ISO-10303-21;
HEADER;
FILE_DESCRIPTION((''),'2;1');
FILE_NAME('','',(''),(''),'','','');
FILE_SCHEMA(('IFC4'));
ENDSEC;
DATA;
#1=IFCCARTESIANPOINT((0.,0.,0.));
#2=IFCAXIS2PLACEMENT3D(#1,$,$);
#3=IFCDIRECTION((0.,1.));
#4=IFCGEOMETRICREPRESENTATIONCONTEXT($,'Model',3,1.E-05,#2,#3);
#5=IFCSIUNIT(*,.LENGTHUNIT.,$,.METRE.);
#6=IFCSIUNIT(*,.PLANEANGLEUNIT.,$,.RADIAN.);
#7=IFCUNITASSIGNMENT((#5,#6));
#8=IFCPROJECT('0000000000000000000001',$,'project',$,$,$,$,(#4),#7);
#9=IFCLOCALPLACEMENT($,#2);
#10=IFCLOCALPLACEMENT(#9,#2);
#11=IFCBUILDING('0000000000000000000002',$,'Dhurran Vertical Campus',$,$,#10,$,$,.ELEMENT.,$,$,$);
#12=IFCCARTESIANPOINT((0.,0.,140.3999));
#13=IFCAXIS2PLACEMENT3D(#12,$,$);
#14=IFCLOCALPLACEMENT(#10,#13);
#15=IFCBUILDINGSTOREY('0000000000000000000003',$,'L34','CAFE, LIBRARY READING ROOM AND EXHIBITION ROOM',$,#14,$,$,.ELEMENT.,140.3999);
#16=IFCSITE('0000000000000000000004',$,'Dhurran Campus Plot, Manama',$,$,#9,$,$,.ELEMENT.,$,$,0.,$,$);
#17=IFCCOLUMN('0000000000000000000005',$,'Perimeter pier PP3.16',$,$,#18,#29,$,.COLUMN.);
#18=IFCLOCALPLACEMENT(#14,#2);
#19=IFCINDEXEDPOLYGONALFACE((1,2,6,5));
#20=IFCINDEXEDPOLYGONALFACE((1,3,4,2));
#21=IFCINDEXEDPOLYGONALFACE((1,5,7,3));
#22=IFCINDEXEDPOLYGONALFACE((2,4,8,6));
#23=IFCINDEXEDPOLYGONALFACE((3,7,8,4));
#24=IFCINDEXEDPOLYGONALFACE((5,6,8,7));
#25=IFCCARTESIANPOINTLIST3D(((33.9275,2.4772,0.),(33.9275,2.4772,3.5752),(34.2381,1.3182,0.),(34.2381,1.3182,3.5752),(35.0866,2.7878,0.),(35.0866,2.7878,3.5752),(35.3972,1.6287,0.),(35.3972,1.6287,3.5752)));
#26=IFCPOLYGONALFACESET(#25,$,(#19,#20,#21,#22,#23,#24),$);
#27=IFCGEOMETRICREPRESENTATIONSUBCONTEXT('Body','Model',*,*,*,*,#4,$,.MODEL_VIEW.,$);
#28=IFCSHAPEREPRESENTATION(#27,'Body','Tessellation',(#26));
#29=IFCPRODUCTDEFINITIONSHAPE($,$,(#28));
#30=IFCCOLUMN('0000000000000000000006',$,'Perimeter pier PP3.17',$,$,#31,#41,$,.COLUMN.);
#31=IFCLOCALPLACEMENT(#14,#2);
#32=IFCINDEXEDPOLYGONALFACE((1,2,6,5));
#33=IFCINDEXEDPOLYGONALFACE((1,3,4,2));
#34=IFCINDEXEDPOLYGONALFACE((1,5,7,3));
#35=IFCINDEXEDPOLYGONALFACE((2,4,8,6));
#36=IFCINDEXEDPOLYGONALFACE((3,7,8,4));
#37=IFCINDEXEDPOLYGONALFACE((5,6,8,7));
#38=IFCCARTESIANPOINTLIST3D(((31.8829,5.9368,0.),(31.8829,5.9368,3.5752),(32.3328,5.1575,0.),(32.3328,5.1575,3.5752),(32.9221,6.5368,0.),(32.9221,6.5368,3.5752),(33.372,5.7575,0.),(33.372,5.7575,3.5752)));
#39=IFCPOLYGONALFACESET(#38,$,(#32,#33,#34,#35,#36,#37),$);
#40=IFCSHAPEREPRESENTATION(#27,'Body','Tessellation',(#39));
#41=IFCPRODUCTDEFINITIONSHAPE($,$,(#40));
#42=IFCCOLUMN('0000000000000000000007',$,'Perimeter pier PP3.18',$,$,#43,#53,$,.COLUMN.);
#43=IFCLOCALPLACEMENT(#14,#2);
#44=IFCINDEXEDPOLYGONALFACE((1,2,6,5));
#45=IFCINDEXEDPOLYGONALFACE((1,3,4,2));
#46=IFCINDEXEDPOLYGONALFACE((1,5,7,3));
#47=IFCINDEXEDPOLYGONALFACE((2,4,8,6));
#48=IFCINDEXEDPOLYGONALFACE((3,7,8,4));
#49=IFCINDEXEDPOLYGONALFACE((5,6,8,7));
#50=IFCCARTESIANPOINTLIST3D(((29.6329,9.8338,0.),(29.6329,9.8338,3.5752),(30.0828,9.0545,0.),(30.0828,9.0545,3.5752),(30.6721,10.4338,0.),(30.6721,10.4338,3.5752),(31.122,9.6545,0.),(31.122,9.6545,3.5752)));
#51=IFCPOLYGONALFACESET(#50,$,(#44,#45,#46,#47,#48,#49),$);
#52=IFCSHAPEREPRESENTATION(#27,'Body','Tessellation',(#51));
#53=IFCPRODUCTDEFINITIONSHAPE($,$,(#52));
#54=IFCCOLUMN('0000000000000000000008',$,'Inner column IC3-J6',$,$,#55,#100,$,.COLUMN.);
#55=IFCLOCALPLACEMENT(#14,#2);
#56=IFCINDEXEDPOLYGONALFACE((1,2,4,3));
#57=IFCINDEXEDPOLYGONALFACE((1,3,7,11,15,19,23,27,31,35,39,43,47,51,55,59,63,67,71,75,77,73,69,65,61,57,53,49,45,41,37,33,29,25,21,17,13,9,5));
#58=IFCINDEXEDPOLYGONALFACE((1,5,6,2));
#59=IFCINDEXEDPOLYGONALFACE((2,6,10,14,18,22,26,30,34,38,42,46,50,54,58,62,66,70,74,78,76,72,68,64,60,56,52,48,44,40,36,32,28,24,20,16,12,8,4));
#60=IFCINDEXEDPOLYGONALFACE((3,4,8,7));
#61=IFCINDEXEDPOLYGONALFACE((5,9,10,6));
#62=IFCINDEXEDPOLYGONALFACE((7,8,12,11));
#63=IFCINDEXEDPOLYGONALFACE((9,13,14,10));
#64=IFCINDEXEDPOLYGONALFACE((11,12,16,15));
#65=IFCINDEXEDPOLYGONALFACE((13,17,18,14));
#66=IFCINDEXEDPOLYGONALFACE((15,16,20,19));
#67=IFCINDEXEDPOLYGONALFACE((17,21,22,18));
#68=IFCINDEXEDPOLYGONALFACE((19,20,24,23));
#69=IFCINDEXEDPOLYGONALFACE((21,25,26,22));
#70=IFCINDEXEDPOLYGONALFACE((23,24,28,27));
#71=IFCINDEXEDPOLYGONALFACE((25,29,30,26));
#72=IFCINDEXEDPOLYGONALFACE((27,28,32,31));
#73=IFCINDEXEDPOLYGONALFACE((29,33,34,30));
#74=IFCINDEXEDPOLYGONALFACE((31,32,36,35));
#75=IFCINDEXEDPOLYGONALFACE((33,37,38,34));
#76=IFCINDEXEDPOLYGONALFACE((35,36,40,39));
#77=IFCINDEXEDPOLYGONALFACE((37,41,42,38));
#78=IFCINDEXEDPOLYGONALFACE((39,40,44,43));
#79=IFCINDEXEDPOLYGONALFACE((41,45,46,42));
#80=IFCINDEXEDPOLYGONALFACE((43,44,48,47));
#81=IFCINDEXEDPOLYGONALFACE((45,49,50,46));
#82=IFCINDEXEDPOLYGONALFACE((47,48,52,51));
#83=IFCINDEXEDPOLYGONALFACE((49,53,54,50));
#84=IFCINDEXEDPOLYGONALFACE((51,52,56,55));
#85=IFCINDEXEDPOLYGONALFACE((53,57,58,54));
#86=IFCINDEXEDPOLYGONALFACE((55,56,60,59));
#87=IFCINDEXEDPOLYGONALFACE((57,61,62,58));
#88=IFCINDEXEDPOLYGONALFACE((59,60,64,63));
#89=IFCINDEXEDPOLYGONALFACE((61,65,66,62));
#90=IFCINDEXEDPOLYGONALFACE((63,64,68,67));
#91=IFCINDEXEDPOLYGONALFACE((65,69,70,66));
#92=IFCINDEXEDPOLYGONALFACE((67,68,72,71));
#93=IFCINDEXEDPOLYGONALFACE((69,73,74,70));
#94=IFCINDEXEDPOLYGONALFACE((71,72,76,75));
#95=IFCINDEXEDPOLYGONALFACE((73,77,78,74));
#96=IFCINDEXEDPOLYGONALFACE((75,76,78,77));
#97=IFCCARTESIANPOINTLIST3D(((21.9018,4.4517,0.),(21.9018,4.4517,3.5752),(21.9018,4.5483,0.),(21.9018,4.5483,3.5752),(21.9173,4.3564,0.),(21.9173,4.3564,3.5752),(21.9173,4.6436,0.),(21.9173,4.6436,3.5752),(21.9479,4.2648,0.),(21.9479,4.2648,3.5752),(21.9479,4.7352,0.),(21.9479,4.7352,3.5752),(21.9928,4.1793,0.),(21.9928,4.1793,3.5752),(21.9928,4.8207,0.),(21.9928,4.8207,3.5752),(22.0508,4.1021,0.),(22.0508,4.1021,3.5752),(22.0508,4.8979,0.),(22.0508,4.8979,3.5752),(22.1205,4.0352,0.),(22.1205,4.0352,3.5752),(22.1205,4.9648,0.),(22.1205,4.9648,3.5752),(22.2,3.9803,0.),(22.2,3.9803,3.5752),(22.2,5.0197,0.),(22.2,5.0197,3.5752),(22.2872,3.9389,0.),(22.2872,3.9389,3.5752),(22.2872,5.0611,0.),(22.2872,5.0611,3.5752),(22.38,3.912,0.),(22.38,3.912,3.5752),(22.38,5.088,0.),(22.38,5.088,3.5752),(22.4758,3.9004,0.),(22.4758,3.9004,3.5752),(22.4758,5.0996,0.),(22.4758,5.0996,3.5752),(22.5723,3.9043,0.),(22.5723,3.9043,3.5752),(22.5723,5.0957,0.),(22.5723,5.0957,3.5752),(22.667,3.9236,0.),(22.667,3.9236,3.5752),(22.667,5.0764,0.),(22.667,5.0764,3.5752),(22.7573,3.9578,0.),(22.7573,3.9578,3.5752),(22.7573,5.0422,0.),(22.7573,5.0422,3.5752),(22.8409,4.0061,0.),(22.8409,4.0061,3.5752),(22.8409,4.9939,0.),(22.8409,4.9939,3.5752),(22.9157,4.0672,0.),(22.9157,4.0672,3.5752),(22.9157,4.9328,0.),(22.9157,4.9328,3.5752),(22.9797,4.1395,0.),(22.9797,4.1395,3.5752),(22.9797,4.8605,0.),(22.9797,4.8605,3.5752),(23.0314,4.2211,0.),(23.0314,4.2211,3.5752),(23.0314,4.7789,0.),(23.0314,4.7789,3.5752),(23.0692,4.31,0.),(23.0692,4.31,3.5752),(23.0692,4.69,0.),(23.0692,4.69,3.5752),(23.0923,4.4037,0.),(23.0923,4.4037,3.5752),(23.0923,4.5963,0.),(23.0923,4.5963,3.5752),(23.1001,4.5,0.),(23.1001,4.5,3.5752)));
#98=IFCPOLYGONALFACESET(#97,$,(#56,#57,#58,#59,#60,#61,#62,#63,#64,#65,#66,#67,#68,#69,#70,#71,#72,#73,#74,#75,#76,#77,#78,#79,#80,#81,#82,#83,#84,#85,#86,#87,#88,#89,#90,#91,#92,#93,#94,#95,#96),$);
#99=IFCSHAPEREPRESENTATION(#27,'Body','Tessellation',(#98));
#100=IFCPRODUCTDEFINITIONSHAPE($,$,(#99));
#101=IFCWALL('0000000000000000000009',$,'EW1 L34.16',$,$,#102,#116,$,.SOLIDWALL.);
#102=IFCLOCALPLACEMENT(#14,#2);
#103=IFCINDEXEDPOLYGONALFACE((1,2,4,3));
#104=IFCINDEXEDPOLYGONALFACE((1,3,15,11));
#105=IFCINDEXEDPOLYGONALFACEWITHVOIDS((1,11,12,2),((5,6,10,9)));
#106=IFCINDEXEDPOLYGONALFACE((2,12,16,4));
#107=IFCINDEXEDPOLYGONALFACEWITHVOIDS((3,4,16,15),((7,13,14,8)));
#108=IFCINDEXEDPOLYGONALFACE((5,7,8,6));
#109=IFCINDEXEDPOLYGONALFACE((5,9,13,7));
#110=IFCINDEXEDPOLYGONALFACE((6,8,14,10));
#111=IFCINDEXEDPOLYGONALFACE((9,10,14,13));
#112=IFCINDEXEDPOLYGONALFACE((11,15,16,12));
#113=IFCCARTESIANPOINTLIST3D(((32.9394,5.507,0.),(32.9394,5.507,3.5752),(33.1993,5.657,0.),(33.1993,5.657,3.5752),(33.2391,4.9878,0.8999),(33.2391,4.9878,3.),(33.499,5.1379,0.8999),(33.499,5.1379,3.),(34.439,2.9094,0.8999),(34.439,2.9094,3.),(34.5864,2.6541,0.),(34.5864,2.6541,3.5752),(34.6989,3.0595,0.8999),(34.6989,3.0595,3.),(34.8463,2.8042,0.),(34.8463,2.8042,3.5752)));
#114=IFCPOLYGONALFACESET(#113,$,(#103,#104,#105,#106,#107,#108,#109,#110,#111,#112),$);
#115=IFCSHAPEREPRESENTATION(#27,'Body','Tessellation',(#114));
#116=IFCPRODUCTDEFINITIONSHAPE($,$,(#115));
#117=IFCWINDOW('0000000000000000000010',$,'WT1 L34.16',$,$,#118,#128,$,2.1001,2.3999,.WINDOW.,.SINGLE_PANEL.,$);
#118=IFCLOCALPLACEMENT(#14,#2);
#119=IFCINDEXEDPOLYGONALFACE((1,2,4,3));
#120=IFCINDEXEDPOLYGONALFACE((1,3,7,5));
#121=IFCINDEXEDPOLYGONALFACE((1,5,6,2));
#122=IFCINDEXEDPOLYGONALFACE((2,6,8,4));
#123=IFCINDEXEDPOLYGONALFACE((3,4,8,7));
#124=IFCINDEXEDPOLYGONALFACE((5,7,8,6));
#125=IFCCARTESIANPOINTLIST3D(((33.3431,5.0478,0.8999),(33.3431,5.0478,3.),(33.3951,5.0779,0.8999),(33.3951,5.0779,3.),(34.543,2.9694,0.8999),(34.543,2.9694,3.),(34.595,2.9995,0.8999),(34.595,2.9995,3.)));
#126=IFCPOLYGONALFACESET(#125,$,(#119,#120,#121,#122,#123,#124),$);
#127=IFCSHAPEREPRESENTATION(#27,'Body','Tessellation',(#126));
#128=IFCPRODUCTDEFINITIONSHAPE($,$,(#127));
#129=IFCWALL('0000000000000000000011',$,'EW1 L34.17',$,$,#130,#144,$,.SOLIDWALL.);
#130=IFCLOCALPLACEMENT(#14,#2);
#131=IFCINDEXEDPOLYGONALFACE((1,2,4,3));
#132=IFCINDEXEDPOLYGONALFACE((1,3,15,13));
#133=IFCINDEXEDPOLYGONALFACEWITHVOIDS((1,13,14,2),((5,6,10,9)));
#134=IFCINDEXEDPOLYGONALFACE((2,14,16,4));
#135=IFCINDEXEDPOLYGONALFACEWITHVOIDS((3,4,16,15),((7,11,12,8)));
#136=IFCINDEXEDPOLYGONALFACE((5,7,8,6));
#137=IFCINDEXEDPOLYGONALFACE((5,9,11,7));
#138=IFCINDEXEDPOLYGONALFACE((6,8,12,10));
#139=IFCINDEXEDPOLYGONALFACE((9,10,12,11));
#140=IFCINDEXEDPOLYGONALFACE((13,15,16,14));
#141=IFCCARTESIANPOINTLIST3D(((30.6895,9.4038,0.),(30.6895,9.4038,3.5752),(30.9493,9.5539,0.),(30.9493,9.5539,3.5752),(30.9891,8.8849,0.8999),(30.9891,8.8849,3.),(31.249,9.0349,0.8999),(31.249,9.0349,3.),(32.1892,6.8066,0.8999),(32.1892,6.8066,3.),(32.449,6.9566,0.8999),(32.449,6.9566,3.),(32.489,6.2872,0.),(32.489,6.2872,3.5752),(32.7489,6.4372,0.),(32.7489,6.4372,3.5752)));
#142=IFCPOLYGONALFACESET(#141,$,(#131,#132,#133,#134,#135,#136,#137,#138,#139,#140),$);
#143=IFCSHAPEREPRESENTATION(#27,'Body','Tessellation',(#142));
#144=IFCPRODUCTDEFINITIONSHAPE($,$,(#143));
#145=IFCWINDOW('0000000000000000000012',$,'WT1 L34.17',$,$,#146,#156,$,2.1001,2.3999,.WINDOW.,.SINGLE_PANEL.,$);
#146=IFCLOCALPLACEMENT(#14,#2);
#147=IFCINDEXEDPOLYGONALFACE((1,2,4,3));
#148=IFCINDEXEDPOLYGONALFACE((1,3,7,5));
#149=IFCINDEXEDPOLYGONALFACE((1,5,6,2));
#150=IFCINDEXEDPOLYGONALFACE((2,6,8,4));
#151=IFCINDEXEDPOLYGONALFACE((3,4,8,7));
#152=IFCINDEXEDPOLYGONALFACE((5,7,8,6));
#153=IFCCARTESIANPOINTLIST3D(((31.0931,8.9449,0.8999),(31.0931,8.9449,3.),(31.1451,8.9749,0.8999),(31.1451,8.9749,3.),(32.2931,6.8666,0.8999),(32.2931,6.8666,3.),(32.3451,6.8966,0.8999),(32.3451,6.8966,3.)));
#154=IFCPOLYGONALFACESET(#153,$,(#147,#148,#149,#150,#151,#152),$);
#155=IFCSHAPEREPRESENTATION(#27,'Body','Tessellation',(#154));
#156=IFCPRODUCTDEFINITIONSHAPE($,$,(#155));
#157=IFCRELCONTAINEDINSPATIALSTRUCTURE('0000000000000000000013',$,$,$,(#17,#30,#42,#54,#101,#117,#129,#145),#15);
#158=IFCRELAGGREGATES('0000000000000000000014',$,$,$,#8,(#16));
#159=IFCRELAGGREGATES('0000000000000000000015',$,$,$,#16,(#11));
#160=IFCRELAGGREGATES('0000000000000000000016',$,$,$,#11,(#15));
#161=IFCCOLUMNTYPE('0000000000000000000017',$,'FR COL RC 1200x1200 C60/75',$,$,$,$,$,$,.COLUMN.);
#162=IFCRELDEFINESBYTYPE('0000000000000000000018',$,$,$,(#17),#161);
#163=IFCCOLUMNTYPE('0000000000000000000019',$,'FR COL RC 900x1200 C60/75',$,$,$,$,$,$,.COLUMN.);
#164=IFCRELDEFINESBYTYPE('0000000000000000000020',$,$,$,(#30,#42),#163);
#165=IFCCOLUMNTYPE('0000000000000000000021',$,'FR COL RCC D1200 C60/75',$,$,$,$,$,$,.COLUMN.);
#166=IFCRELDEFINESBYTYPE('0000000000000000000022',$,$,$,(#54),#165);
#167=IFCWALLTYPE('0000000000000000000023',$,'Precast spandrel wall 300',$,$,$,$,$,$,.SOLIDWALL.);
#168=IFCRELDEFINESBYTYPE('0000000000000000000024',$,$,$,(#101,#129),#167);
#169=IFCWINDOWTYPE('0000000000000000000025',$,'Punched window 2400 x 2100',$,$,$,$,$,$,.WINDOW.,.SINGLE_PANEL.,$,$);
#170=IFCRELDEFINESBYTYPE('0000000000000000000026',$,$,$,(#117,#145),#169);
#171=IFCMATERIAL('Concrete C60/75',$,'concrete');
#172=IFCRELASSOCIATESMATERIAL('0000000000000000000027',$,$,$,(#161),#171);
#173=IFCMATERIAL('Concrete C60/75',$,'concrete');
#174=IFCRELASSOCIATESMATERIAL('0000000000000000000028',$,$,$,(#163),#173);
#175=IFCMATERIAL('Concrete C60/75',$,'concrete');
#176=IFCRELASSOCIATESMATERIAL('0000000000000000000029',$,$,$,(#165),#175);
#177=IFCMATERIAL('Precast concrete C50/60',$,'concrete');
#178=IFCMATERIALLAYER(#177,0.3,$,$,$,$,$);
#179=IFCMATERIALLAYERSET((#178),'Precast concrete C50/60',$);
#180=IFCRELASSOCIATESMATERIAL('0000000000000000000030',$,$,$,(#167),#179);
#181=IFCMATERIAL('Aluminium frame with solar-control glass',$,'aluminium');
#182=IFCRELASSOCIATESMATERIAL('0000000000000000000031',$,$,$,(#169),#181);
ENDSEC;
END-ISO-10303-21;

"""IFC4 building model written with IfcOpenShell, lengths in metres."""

from ifc_helpers import new_model, si_unit, direction, frame, frame_2d, origin, origin_2d, place, context, subcontext, project, spatial, rectangle, circle, extrude, material, layer, layer_set, material_profile, profile_set, type_object, element, fill, save


model = new_model("IFC4")

# Units and contexts
model_context = context("Model", 3, precision=1e-05, world=origin(), true_north=direction((0.0, 1.0)))
body_context = subcontext(model_context, "Body", "Model", "MODEL_VIEW")
ifc_project = project(units=[si_unit("LENGTHUNIT", "METRE"), si_unit("PLANEANGLEUNIT", "RADIAN")], contexts=[model_context])

# Site, building, storey
site_placement = place(None, origin())
site = spatial("IfcSite", under=ifc_project, at=site_placement, Name="Dhurran Campus Plot, Manama", CompositionType="ELEMENT", RefElevation=0.0)
building_placement = place(site_placement, origin())
building = spatial("IfcBuilding", under=site, at=building_placement, Name="Dhurran Vertical Campus", CompositionType="ELEMENT")
storey_placement = place(building_placement, frame((0.0, 0.0, 140.3999)))
storey = spatial("IfcBuildingStorey", under=building, at=storey_placement, Name="L34", Description="CAFE, LIBRARY READING ROOM AND EXHIBITION ROOM", CompositionType="ELEMENT", Elevation=140.3999)

# Columns
ifc_material_1 = material(Name="Concrete C60/75", Category="concrete")
ifc_material_profile_1 = material_profile(ifc_material_1, rectangle(XDim=1.2, YDim=1.2, at=origin_2d()), Name="RC 1200x1200")
ifc_profile_set_1 = profile_set([ifc_material_profile_1], Name="Concrete C60/75")
column_type_1 = type_object("IfcColumnType", Name="FR COL RC 1200x1200 C60/75", PredefinedType="COLUMN", material=ifc_profile_set_1)
column_1_placement = place(storey_placement, frame((34.6624, 2.053, 0.0), z_axis=(0.0, 0.0, 1.0), x_axis=(-0.258819, 0.965926, 0.0)))
element("IfcColumn", 1, at=column_1_placement, inside=storey, type_object=column_type_1, Name="Perimeter pier PP3.16", PredefinedType="COLUMN", context=body_context, shape_type="SweptSolid", body=[
    extrude(rectangle(XDim=1.2, YDim=1.2, at=origin_2d()), origin(), (0.0, 0.0, 1.0), 3.5752),
])
ifc_material_2 = material(Name="Concrete C60/75", Category="concrete")
ifc_material_profile_2 = material_profile(ifc_material_2, rectangle(XDim=0.8999, YDim=1.2, at=origin_2d()), Name="RC 900x1200")
ifc_profile_set_2 = profile_set([ifc_material_profile_2], Name="Concrete C60/75")
column_type_2 = type_object("IfcColumnType", Name="FR COL RC 900x1200 C60/75", PredefinedType="COLUMN", material=ifc_profile_set_2)
for number, where, z_axis, x_axis, name in (
    (2, (32.6274, 5.8472, 0.0), (0.0, 0.0, 1.0), (-0.5, 0.866025, 0.0), "Perimeter pier PP3.17"),
    (3, (30.3774, 9.7441, 0.0), (0.0, 0.0, 1.0), (-0.5, 0.866025, 0.0), "Perimeter pier PP3.18"),
):
    element("IfcColumn", number, at=place(storey_placement, frame(where, z_axis=z_axis, x_axis=x_axis)), inside=storey, type_object=column_type_2, Name=name, PredefinedType="COLUMN", context=body_context, shape_type="SweptSolid", body=[
        extrude(rectangle(XDim=0.8999, YDim=1.2, at=origin_2d()), origin(), (0.0, 0.0, 1.0), 3.5752),
    ])
ifc_material_3 = material(Name="Concrete C60/75", Category="concrete")
ifc_material_profile_3 = material_profile(ifc_material_3, circle(Radius=0.6001, at=origin_2d()), Name="RCC D1200")
ifc_profile_set_3 = profile_set([ifc_material_profile_3], Name="Concrete C60/75")
column_type_3 = type_object("IfcColumnType", Name="FR COL RCC D1200 C60/75", PredefinedType="COLUMN", material=ifc_profile_set_3)
column_2_placement = place(storey_placement, frame((22.5, 4.5, 0.0), z_axis=(0.0, 0.0, 1.0), x_axis=(1.0, 0.0, 0.0)))
element("IfcColumn", 4, at=column_2_placement, inside=storey, type_object=column_type_3, Name="Inner column IC3-J6", PredefinedType="COLUMN", context=body_context, shape_type="SweptSolid", body=[
    extrude(circle(Radius=0.6001, at=origin_2d()), origin(), (0.0, 0.0, 1.0), 3.5752),
])

# Walls, openings, windows
ifc_material_4 = material(Name="Precast concrete C50/60", Category="concrete")
ifc_layer_1 = layer(ifc_material_4, 0.3)
ifc_layer_set_1 = layer_set([ifc_layer_1], Name="Precast concrete C50/60")
wall_type_1 = type_object("IfcWallType", Name="Precast spandrel wall 300", PredefinedType="SOLIDWALL", material=ifc_layer_set_1)
wall_1_placement = place(storey_placement, frame((34.7163, 2.7292, 0.0), z_axis=(0.0, 0.0, 1.0), x_axis=(-0.499981, 0.866036, 0.0)))
wall_1 = element("IfcWall", 5, at=wall_1_placement, inside=storey, type_object=wall_type_1, Name="EW1 L34.16", PredefinedType="SOLIDWALL", context=body_context, shape_type="SweptSolid", body=[
    extrude(rectangle(XDim=3.2942, YDim=0.3, at=frame_2d((1.647, 0.0))), origin(), (0.0, 0.0, 1.0), 3.5752),
])
opening_1_placement = place(wall_1_placement, frame((0.2947, 0.0, 0.8999)))
opening_1 = element("IfcOpeningElement", 6, at=opening_1_placement, cuts=wall_1, PredefinedType="OPENING", context=body_context, shape_type="SweptSolid", body=[
    extrude(rectangle(XDim=2.3999, YDim=2.1001, at=frame_2d((1.2, 1.05))), frame((0.0, 0.1599, 0.0), z_axis=(0.0, -1.0, 0.0), x_axis=(1.0, 0.0, 0.0)), (0.0, 0.0, 1.0), 0.3201),
])
ifc_material_5 = material(Name="Aluminium frame with solar-control glass", Category="aluminium")
window_type = type_object("IfcWindowType", Name="Punched window 2400 x 2100", PartitioningType="SINGLE_PANEL", PredefinedType="WINDOW", material=ifc_material_5)
window_1_placement = place(opening_1_placement, origin())
window_1 = element("IfcWindow", 7, at=window_1_placement, inside=storey, type_object=window_type, Name="WT1 L34.16", OverallHeight=2.1001, OverallWidth=2.3999, PartitioningType="SINGLE_PANEL", PredefinedType="WINDOW", context=body_context, shape_type="SweptSolid", body=[
    extrude(rectangle(XDim=2.3999, YDim=2.1001, at=frame_2d((1.2, 1.05))), frame((0.0, 0.03, 0.0), z_axis=(0.0, -1.0, 0.0), x_axis=(1.0, 0.0, 0.0)), (0.0, 0.0, 1.0), 0.0601),
])
fill(opening_1, window_1)
wall_2_placement = place(storey_placement, frame((32.6189, 6.3623, 0.0), z_axis=(0.0, 0.0, 1.0), x_axis=(-0.500028, 0.866009, 0.0)))
wall_2 = element("IfcWall", 8, at=wall_2_placement, inside=storey, type_object=wall_type_1, Name="EW1 L34.17", PredefinedType="SOLIDWALL", context=body_context, shape_type="SweptSolid", body=[
    extrude(rectangle(XDim=3.5989, YDim=0.3, at=frame_2d((1.7993, 0.0))), origin(), (0.0, 0.0, 1.0), 3.5752),
])
opening_2_placement = place(wall_2_placement, frame((0.5996, 0.0, 0.8999)))
opening_2 = element("IfcOpeningElement", 9, at=opening_2_placement, cuts=wall_2, PredefinedType="OPENING", context=body_context, shape_type="SweptSolid", body=[
    extrude(rectangle(XDim=2.3999, YDim=2.1001, at=frame_2d((1.2, 1.05))), frame((0.0, 0.1599, 0.0), z_axis=(0.0, -1.0, 0.0), x_axis=(1.0, 0.0, 0.0)), (0.0, 0.0, 1.0), 0.3201),
])
window_2_placement = place(opening_2_placement, origin())
window_2 = element("IfcWindow", 10, at=window_2_placement, inside=storey, type_object=window_type, Name="WT1 L34.17", OverallHeight=2.1001, OverallWidth=2.3999, PartitioningType="SINGLE_PANEL", PredefinedType="WINDOW", context=body_context, shape_type="SweptSolid", body=[
    extrude(rectangle(XDim=2.3999, YDim=2.1001, at=frame_2d((1.2, 1.05))), frame((0.0, 0.03, 0.0), z_axis=(0.0, -1.0, 0.0), x_axis=(1.0, 0.0, 0.0)), (0.0, 0.0, 1.0), 0.0601),
])
fill(opening_2, window_2)

save(model, "model.ifc")
